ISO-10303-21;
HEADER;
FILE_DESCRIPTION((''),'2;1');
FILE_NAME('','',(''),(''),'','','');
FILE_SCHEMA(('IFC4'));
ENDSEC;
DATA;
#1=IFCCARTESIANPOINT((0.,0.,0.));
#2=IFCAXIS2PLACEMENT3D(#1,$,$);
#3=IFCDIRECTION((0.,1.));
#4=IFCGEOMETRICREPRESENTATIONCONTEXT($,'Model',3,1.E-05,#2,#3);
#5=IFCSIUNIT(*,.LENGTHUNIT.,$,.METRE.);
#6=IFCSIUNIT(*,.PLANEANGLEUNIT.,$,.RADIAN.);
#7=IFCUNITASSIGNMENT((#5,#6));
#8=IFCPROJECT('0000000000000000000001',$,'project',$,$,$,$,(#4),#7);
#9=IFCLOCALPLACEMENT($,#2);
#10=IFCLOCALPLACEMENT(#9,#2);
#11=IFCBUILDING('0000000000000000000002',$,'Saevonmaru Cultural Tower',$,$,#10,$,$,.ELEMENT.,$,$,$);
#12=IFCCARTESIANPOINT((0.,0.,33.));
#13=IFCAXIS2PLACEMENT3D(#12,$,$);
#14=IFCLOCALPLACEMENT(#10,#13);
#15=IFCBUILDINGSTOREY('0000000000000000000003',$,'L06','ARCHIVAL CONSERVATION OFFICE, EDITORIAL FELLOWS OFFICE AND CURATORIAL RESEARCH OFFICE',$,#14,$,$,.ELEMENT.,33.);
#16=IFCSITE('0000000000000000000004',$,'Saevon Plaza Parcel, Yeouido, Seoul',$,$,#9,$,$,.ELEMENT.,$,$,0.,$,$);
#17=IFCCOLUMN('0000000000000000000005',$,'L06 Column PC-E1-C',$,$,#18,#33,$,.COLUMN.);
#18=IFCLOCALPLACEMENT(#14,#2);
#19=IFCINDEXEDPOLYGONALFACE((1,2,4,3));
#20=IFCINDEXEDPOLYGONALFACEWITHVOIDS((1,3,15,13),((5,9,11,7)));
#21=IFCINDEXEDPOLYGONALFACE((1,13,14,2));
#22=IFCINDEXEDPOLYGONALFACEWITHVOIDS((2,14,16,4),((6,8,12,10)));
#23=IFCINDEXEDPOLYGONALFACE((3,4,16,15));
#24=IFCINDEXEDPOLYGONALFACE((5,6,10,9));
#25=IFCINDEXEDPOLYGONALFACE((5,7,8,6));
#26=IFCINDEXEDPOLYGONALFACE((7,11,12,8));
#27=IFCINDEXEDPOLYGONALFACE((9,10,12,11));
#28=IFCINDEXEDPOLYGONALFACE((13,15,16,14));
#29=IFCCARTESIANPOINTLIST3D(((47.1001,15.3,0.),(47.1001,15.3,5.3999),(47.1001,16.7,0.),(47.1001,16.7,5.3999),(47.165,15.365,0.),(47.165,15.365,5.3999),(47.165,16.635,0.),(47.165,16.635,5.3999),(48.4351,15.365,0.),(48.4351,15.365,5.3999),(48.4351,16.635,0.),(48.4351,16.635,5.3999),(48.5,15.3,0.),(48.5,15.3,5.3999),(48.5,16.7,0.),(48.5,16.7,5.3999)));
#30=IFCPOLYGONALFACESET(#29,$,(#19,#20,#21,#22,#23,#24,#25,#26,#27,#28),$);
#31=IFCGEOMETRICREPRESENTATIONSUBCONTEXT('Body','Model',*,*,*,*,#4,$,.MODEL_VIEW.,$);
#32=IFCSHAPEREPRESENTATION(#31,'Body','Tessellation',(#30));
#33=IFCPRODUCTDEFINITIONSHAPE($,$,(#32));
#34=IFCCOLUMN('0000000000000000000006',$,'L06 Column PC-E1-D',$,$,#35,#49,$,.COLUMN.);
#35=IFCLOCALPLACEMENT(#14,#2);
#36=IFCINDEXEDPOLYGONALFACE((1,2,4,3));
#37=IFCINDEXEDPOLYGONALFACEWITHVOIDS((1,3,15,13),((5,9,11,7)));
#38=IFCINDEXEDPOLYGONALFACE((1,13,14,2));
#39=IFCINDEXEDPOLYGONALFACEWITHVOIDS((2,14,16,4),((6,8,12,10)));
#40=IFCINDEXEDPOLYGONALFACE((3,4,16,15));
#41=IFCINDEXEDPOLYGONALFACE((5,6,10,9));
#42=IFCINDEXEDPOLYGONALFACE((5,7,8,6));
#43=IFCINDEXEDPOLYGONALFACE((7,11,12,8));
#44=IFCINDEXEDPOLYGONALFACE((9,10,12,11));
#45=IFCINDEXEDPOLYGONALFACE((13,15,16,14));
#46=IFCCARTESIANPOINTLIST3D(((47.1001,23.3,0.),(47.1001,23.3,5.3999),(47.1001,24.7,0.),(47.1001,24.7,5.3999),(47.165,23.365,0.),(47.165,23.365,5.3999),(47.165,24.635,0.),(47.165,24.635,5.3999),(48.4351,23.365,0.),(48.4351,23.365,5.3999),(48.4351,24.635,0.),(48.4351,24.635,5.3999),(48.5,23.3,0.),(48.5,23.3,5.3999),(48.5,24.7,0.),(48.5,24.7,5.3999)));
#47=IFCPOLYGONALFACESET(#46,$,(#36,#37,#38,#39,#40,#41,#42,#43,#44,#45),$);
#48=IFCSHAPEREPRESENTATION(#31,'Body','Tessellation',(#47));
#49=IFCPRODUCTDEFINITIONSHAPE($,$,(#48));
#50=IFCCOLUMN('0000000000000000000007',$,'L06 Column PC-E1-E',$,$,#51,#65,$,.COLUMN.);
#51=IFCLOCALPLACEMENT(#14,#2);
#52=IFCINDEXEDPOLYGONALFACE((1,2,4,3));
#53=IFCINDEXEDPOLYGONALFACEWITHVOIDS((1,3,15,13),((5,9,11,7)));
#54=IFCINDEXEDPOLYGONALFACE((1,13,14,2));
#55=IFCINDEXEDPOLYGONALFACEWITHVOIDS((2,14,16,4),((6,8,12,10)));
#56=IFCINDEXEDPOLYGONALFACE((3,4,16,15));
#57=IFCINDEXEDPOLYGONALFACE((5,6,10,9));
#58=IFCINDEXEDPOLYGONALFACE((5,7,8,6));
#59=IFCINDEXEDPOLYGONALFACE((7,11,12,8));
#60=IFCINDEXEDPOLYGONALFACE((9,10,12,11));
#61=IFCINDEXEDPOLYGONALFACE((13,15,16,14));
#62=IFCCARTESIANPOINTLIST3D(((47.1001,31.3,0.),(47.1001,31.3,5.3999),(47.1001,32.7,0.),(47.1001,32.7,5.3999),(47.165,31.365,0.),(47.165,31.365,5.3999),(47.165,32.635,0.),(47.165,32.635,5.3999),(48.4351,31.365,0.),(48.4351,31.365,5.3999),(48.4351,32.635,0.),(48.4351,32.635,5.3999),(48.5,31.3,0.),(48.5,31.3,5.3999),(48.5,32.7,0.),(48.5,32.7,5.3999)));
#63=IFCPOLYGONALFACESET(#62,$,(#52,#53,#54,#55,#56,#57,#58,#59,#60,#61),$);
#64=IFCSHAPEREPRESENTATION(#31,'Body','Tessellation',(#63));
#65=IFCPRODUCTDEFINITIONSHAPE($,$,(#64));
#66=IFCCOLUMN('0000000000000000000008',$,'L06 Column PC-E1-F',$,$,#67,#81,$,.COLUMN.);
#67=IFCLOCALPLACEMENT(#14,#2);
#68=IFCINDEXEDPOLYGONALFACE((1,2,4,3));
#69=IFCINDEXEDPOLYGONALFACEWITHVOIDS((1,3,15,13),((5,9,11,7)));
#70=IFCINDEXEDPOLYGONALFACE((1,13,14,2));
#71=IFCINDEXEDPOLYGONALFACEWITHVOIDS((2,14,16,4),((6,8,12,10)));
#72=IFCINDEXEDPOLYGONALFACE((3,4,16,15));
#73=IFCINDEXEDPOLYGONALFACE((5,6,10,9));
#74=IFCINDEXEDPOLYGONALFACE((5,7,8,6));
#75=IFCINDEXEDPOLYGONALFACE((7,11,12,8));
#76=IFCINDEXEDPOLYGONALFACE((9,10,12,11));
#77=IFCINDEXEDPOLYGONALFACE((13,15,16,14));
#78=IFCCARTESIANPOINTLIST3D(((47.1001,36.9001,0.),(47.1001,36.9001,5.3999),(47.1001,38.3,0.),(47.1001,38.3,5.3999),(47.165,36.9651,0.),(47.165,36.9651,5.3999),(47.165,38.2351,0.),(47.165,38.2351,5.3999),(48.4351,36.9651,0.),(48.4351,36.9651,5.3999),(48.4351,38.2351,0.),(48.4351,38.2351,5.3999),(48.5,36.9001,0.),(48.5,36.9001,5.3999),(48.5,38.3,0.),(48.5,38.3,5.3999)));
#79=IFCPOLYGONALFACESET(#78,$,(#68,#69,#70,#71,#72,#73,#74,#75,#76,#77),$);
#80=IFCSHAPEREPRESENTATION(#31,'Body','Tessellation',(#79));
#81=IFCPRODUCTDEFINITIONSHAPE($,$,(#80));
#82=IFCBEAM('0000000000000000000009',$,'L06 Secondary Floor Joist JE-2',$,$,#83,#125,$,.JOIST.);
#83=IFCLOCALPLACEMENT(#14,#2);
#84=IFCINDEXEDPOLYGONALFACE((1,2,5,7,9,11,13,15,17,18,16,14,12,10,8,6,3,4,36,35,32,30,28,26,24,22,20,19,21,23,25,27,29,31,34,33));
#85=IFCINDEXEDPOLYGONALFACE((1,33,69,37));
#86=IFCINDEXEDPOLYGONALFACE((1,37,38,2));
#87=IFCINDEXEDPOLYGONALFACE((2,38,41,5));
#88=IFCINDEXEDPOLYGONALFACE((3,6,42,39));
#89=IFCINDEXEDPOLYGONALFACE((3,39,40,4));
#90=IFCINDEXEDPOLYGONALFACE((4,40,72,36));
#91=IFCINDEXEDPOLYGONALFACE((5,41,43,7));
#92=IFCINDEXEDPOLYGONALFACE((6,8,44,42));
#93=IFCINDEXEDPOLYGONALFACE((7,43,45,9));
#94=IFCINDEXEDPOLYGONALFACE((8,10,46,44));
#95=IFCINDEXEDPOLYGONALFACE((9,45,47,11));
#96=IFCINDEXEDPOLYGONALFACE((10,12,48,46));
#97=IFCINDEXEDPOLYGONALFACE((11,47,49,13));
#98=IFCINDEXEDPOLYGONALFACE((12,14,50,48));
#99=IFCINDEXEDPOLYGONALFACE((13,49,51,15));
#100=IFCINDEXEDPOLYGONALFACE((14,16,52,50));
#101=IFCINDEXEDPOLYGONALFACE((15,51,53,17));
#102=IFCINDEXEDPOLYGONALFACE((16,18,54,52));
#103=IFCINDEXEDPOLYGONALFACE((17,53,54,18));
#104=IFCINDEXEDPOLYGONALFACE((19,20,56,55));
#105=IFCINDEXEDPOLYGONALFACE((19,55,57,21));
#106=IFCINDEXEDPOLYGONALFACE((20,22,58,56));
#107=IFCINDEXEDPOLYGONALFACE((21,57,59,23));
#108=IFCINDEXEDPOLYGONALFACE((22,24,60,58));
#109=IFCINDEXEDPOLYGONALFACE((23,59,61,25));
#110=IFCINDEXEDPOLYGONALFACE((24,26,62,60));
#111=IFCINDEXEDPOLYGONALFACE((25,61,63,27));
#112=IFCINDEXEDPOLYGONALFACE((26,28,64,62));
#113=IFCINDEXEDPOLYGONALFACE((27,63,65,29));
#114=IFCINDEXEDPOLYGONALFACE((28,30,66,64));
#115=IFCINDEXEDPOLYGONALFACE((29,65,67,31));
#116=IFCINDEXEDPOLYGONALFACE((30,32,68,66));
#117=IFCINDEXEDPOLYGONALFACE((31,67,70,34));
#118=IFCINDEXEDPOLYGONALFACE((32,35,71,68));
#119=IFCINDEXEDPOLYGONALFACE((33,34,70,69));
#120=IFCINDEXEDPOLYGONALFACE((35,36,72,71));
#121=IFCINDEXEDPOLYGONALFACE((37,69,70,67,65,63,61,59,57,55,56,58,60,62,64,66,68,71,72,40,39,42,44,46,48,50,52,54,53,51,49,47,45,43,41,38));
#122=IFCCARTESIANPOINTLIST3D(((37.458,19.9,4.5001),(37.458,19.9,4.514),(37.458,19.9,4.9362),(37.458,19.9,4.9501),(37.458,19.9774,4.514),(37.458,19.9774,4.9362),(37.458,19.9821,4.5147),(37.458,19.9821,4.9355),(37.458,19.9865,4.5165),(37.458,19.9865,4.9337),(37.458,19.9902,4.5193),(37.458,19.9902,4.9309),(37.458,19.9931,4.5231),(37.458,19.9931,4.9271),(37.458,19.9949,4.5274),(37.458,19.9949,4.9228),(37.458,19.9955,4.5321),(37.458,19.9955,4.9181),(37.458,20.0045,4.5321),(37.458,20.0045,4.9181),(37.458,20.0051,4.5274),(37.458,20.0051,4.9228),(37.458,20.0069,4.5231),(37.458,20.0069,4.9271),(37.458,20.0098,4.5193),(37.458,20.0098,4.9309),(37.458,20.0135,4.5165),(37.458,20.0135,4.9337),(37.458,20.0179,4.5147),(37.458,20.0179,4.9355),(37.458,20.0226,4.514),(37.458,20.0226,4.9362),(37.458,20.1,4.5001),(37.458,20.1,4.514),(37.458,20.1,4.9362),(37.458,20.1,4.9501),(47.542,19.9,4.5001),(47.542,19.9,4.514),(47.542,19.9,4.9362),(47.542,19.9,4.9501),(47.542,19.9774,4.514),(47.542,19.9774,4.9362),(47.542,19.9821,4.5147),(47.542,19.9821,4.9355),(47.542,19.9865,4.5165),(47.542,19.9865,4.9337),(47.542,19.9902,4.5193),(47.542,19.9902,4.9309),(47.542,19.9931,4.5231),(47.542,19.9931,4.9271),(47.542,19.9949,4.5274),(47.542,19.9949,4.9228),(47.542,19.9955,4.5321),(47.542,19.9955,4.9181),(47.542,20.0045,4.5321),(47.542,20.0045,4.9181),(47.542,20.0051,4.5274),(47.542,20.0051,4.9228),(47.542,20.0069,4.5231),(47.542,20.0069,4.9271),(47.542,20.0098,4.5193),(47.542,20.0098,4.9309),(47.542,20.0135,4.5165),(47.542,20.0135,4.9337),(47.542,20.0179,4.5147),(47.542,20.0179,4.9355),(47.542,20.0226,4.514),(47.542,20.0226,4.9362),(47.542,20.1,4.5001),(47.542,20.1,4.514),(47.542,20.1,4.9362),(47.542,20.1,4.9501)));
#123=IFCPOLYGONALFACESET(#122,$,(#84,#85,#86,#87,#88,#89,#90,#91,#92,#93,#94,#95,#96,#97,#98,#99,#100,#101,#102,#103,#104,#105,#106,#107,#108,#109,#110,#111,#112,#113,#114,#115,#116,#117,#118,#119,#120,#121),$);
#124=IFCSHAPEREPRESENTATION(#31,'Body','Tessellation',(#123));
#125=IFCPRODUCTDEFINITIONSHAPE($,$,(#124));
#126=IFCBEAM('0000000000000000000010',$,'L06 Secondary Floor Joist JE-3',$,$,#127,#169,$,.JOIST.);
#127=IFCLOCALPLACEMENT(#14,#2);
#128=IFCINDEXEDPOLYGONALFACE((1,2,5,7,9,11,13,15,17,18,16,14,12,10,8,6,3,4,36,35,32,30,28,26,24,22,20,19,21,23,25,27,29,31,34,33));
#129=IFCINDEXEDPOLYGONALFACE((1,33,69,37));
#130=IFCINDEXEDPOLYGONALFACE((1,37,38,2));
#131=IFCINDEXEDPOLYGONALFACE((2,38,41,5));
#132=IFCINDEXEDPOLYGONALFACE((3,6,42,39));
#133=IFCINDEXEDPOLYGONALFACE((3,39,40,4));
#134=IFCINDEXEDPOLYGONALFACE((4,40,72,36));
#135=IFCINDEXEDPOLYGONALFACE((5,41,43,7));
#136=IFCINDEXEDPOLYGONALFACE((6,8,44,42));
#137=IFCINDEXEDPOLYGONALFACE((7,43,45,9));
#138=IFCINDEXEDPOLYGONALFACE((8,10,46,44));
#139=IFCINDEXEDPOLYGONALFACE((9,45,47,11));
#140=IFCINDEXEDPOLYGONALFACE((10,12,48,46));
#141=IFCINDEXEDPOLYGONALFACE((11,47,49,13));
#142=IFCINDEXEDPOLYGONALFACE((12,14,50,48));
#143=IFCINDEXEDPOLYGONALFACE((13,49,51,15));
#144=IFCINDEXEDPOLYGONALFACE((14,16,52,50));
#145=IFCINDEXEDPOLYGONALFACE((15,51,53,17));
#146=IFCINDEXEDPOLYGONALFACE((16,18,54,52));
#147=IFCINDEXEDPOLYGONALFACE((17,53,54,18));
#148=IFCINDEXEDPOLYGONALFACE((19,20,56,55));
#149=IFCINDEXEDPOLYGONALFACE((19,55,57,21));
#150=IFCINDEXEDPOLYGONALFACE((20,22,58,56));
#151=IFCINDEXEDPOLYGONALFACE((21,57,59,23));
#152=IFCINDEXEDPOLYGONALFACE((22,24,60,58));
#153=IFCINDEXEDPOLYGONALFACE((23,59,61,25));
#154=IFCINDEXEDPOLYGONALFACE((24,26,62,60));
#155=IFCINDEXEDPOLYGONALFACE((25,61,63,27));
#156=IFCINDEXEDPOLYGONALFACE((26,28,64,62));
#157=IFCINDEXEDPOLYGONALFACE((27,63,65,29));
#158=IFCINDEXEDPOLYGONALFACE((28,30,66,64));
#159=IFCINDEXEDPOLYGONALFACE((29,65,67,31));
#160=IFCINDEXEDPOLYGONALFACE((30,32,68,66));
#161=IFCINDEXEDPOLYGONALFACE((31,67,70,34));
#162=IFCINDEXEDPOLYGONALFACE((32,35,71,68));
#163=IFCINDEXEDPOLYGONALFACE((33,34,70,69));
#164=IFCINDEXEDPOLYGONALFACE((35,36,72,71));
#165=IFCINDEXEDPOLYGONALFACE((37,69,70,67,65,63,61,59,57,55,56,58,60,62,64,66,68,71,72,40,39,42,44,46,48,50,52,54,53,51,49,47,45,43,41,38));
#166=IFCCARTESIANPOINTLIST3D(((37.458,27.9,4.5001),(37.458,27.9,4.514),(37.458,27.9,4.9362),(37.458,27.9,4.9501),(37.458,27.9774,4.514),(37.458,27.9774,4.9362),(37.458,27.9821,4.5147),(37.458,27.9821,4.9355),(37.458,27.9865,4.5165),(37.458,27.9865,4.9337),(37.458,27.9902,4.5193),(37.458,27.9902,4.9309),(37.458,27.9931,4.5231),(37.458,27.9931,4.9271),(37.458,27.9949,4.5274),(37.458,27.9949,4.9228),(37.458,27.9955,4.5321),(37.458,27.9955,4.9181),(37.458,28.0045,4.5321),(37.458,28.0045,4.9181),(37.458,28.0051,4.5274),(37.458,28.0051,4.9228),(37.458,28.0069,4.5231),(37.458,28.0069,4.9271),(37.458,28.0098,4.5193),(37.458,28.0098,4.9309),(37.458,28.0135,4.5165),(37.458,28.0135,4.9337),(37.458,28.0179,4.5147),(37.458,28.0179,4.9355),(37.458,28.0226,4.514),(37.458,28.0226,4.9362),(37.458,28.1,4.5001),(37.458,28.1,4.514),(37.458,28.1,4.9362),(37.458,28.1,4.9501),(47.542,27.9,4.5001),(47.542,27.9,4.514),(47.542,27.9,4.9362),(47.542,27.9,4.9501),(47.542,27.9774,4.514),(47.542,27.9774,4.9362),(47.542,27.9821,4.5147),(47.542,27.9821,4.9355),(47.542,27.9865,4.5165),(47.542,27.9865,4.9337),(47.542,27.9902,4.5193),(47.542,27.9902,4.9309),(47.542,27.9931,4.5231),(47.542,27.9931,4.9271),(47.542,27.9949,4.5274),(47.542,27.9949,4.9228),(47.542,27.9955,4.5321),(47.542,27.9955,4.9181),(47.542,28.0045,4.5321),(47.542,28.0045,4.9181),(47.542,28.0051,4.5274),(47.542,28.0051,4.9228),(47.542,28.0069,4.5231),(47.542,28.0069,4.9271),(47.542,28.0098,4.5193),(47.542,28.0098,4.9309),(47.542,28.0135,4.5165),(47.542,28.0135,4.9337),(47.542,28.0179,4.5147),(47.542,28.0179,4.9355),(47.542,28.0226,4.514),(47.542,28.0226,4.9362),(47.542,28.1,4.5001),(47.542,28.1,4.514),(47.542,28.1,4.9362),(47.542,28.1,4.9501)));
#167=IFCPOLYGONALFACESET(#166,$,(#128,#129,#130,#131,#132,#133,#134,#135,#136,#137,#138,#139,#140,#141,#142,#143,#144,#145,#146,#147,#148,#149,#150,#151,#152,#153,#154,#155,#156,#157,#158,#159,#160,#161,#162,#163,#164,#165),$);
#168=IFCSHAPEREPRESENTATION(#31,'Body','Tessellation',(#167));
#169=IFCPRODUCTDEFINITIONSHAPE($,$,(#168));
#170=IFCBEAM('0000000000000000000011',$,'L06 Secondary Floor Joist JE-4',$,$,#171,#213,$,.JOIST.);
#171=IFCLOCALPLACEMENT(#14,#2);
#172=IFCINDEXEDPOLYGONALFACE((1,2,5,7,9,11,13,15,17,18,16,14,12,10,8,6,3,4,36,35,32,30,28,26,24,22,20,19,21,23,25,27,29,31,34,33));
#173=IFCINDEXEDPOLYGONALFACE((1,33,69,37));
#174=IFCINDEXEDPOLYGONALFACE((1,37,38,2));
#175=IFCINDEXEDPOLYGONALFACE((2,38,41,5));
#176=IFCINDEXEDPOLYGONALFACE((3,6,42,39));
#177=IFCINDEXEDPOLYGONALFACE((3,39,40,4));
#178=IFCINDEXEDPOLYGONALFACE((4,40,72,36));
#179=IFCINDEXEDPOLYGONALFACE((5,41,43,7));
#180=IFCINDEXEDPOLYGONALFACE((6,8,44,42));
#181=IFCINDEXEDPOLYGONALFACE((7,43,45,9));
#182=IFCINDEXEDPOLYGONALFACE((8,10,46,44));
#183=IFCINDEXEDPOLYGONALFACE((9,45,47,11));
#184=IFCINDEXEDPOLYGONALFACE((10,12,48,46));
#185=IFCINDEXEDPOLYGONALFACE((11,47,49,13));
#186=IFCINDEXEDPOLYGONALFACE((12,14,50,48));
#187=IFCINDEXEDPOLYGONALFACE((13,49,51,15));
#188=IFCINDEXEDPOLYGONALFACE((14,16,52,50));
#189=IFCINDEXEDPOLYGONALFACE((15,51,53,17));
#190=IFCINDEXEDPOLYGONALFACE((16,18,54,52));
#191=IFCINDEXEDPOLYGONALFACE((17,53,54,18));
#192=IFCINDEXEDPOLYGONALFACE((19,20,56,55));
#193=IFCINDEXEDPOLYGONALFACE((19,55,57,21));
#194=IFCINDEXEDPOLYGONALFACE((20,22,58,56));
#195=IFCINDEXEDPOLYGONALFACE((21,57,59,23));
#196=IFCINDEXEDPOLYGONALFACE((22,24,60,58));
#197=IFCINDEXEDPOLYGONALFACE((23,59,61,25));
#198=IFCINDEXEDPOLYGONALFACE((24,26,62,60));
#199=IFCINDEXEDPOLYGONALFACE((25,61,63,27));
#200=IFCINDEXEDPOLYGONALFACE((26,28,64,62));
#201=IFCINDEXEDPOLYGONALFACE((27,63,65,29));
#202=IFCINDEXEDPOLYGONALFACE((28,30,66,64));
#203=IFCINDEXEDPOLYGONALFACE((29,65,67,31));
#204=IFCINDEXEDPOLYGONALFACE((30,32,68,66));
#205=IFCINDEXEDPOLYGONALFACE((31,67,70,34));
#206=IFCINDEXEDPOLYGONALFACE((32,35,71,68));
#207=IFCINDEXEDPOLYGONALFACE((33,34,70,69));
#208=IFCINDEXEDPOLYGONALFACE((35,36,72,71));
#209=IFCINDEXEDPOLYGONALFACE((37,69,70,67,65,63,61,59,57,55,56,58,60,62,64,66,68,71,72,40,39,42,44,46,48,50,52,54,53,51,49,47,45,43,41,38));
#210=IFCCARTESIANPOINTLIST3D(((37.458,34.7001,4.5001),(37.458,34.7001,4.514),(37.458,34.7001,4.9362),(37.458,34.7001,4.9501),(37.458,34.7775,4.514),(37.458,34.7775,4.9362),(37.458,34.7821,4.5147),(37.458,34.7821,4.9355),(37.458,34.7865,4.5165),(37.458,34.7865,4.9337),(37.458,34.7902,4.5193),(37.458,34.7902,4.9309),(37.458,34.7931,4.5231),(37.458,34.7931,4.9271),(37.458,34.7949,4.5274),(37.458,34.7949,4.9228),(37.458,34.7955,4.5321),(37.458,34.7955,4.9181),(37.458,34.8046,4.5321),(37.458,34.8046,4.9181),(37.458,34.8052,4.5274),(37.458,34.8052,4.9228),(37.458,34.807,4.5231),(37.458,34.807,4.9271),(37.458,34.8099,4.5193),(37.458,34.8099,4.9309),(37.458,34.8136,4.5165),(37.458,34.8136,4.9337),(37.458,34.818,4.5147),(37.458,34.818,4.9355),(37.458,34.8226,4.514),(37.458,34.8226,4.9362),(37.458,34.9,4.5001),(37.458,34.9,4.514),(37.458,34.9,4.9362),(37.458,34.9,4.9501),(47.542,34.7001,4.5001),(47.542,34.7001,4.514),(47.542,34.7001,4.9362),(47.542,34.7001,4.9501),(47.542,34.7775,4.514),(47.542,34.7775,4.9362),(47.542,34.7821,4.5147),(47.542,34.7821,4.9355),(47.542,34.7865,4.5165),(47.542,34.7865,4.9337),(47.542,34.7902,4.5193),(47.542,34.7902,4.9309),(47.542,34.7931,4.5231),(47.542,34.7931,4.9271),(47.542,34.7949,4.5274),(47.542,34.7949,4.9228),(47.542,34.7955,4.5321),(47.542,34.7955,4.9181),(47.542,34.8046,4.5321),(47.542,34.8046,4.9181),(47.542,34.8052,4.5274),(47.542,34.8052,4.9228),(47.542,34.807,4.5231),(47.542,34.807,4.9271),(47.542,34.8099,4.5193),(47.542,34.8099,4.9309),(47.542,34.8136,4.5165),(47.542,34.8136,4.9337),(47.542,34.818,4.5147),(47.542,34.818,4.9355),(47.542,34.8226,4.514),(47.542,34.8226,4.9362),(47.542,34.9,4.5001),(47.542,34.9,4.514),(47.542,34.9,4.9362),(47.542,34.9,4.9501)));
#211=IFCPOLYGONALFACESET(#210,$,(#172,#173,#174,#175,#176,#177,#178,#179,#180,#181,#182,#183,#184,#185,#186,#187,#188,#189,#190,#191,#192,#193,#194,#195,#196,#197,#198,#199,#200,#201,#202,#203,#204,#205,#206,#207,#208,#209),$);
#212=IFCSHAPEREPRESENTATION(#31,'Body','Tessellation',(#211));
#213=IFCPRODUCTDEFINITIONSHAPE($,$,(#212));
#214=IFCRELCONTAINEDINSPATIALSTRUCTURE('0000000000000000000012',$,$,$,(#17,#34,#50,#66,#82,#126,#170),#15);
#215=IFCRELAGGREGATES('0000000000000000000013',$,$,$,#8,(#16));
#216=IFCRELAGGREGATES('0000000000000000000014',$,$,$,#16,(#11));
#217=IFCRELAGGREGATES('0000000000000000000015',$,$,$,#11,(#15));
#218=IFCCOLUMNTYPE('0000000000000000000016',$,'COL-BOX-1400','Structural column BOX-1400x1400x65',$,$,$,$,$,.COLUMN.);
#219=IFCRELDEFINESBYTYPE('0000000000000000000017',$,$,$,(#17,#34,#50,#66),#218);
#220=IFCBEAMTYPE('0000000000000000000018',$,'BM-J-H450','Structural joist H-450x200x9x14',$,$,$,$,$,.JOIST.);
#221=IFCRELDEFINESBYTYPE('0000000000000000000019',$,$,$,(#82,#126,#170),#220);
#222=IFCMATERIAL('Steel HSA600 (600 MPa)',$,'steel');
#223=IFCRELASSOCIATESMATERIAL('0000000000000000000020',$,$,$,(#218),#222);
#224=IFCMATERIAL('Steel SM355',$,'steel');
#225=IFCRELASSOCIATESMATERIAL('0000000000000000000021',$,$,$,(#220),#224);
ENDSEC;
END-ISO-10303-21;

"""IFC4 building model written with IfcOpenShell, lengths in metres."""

from ifc_helpers import new_model, si_unit, direction, frame, origin, origin_2d, place, context, subcontext, project, spatial, hollow_rectangle, i_section, extrude, material, material_profile, profile_set, type_object, element, save


model = new_model("IFC4")

# Units and contexts
model_context = context("Model", 3, precision=1e-05, world=origin(), true_north=direction((0.0, 1.0)))
body_context = subcontext(model_context, "Body", "Model", "MODEL_VIEW")
ifc_project = project(units=[si_unit("LENGTHUNIT", "METRE"), si_unit("PLANEANGLEUNIT", "RADIAN")], contexts=[model_context])

# Site, building, storey
site_placement = place(None, origin())
site = spatial("IfcSite", under=ifc_project, at=site_placement, Name="Saevon Plaza Parcel, Yeouido, Seoul", CompositionType="ELEMENT", RefElevation=0.0)
building_placement = place(site_placement, origin())
building = spatial("IfcBuilding", under=site, at=building_placement, Name="Saevonmaru Cultural Tower", CompositionType="ELEMENT")
storey_placement = place(building_placement, frame((0.0, 0.0, 33.0)))
storey = spatial("IfcBuildingStorey", under=building, at=storey_placement, Name="L06", Description="ARCHIVAL CONSERVATION OFFICE, EDITORIAL FELLOWS OFFICE AND CURATORIAL RESEARCH OFFICE", CompositionType="ELEMENT", Elevation=33.0)

# Columns
ifc_material_1 = material(Name="Steel HSA600 (600 MPa)", Category="steel")
ifc_material_profile_1 = material_profile(ifc_material_1, hollow_rectangle(XDim=1.3999, YDim=1.3999, WallThickness=0.0649, at=origin_2d()), Name="BOX-1400x1400x65")
ifc_profile_set_1 = profile_set([ifc_material_profile_1], Name="Steel HSA600 (600 MPa)")
column_type = type_object("IfcColumnType", Name="COL-BOX-1400", Description="Structural column BOX-1400x1400x65", PredefinedType="COLUMN", material=ifc_profile_set_1)
for number, where, z_axis, x_axis, name in (
    (1, (47.8, 16.0, 0.0), (0.0, 0.0, 1.0), (1.0, 0.0, 0.0), "L06 Column PC-E1-C"),
    (2, (47.8, 24.0, 0.0), (0.0, 0.0, 1.0), (1.0, 0.0, 0.0), "L06 Column PC-E1-D"),
    (3, (47.8, 32.0, 0.0), (0.0, 0.0, 1.0), (1.0, 0.0, 0.0), "L06 Column PC-E1-E"),
    (4, (47.8, 37.6001, 0.0), (0.0, 0.0, 1.0), (1.0, 0.0, 0.0), "L06 Column PC-E1-F"),
):
    element("IfcColumn", number, at=place(storey_placement, frame(where, z_axis=z_axis, x_axis=x_axis)), inside=storey, type_object=column_type, Name=name, PredefinedType="COLUMN", context=body_context, shape_type="SweptSolid", body=[
        extrude(hollow_rectangle(XDim=1.3999, YDim=1.3999, WallThickness=0.0649, at=origin_2d()), origin(), (0.0, 0.0, 1.0), 5.3999),
    ])

# Beams
ifc_material_2 = material(Name="Steel SM355", Category="steel")
ifc_material_profile_2 = material_profile(ifc_material_2, i_section(OverallWidth=0.2, OverallDepth=0.45, WebThickness=0.009, FlangeThickness=0.0139, FilletRadius=0.0181, at=origin_2d()), Name="H-450x200x9x14")
ifc_profile_set_2 = profile_set([ifc_material_profile_2], Name="Steel SM355")
beam_type_1 = type_object("IfcBeamType", Name="BM-J-H450", Description="Structural joist H-450x200x9x14", PredefinedType="JOIST", material=ifc_profile_set_2)
for number, where, z_axis, x_axis, name in (
    (5, (37.458, 20.0, 4.7251), (1.0, 0.0, 0.0), (0.0, 1.0, 0.0), "L06 Secondary Floor Joist JE-2"),
    (6, (37.458, 28.0, 4.7251), (1.0, 0.0, 0.0), (0.0, 1.0, 0.0), "L06 Secondary Floor Joist JE-3"),
    (7, (37.458, 34.8, 4.7251), (1.0, 0.0, 0.0), (0.0, 1.0, 0.0), "L06 Secondary Floor Joist JE-4"),
):
    element("IfcBeam", number, at=place(storey_placement, frame(where, z_axis=z_axis, x_axis=x_axis)), inside=storey, type_object=beam_type_1, Name=name, PredefinedType="JOIST", context=body_context, shape_type="SweptSolid", body=[
        extrude(i_section(OverallWidth=0.2, OverallDepth=0.45, WebThickness=0.009, FlangeThickness=0.0139, FilletRadius=0.0181, at=origin_2d()), origin(), (0.0, 0.0, 1.0), 10.084),
    ])

save(model, "model.ifc")
